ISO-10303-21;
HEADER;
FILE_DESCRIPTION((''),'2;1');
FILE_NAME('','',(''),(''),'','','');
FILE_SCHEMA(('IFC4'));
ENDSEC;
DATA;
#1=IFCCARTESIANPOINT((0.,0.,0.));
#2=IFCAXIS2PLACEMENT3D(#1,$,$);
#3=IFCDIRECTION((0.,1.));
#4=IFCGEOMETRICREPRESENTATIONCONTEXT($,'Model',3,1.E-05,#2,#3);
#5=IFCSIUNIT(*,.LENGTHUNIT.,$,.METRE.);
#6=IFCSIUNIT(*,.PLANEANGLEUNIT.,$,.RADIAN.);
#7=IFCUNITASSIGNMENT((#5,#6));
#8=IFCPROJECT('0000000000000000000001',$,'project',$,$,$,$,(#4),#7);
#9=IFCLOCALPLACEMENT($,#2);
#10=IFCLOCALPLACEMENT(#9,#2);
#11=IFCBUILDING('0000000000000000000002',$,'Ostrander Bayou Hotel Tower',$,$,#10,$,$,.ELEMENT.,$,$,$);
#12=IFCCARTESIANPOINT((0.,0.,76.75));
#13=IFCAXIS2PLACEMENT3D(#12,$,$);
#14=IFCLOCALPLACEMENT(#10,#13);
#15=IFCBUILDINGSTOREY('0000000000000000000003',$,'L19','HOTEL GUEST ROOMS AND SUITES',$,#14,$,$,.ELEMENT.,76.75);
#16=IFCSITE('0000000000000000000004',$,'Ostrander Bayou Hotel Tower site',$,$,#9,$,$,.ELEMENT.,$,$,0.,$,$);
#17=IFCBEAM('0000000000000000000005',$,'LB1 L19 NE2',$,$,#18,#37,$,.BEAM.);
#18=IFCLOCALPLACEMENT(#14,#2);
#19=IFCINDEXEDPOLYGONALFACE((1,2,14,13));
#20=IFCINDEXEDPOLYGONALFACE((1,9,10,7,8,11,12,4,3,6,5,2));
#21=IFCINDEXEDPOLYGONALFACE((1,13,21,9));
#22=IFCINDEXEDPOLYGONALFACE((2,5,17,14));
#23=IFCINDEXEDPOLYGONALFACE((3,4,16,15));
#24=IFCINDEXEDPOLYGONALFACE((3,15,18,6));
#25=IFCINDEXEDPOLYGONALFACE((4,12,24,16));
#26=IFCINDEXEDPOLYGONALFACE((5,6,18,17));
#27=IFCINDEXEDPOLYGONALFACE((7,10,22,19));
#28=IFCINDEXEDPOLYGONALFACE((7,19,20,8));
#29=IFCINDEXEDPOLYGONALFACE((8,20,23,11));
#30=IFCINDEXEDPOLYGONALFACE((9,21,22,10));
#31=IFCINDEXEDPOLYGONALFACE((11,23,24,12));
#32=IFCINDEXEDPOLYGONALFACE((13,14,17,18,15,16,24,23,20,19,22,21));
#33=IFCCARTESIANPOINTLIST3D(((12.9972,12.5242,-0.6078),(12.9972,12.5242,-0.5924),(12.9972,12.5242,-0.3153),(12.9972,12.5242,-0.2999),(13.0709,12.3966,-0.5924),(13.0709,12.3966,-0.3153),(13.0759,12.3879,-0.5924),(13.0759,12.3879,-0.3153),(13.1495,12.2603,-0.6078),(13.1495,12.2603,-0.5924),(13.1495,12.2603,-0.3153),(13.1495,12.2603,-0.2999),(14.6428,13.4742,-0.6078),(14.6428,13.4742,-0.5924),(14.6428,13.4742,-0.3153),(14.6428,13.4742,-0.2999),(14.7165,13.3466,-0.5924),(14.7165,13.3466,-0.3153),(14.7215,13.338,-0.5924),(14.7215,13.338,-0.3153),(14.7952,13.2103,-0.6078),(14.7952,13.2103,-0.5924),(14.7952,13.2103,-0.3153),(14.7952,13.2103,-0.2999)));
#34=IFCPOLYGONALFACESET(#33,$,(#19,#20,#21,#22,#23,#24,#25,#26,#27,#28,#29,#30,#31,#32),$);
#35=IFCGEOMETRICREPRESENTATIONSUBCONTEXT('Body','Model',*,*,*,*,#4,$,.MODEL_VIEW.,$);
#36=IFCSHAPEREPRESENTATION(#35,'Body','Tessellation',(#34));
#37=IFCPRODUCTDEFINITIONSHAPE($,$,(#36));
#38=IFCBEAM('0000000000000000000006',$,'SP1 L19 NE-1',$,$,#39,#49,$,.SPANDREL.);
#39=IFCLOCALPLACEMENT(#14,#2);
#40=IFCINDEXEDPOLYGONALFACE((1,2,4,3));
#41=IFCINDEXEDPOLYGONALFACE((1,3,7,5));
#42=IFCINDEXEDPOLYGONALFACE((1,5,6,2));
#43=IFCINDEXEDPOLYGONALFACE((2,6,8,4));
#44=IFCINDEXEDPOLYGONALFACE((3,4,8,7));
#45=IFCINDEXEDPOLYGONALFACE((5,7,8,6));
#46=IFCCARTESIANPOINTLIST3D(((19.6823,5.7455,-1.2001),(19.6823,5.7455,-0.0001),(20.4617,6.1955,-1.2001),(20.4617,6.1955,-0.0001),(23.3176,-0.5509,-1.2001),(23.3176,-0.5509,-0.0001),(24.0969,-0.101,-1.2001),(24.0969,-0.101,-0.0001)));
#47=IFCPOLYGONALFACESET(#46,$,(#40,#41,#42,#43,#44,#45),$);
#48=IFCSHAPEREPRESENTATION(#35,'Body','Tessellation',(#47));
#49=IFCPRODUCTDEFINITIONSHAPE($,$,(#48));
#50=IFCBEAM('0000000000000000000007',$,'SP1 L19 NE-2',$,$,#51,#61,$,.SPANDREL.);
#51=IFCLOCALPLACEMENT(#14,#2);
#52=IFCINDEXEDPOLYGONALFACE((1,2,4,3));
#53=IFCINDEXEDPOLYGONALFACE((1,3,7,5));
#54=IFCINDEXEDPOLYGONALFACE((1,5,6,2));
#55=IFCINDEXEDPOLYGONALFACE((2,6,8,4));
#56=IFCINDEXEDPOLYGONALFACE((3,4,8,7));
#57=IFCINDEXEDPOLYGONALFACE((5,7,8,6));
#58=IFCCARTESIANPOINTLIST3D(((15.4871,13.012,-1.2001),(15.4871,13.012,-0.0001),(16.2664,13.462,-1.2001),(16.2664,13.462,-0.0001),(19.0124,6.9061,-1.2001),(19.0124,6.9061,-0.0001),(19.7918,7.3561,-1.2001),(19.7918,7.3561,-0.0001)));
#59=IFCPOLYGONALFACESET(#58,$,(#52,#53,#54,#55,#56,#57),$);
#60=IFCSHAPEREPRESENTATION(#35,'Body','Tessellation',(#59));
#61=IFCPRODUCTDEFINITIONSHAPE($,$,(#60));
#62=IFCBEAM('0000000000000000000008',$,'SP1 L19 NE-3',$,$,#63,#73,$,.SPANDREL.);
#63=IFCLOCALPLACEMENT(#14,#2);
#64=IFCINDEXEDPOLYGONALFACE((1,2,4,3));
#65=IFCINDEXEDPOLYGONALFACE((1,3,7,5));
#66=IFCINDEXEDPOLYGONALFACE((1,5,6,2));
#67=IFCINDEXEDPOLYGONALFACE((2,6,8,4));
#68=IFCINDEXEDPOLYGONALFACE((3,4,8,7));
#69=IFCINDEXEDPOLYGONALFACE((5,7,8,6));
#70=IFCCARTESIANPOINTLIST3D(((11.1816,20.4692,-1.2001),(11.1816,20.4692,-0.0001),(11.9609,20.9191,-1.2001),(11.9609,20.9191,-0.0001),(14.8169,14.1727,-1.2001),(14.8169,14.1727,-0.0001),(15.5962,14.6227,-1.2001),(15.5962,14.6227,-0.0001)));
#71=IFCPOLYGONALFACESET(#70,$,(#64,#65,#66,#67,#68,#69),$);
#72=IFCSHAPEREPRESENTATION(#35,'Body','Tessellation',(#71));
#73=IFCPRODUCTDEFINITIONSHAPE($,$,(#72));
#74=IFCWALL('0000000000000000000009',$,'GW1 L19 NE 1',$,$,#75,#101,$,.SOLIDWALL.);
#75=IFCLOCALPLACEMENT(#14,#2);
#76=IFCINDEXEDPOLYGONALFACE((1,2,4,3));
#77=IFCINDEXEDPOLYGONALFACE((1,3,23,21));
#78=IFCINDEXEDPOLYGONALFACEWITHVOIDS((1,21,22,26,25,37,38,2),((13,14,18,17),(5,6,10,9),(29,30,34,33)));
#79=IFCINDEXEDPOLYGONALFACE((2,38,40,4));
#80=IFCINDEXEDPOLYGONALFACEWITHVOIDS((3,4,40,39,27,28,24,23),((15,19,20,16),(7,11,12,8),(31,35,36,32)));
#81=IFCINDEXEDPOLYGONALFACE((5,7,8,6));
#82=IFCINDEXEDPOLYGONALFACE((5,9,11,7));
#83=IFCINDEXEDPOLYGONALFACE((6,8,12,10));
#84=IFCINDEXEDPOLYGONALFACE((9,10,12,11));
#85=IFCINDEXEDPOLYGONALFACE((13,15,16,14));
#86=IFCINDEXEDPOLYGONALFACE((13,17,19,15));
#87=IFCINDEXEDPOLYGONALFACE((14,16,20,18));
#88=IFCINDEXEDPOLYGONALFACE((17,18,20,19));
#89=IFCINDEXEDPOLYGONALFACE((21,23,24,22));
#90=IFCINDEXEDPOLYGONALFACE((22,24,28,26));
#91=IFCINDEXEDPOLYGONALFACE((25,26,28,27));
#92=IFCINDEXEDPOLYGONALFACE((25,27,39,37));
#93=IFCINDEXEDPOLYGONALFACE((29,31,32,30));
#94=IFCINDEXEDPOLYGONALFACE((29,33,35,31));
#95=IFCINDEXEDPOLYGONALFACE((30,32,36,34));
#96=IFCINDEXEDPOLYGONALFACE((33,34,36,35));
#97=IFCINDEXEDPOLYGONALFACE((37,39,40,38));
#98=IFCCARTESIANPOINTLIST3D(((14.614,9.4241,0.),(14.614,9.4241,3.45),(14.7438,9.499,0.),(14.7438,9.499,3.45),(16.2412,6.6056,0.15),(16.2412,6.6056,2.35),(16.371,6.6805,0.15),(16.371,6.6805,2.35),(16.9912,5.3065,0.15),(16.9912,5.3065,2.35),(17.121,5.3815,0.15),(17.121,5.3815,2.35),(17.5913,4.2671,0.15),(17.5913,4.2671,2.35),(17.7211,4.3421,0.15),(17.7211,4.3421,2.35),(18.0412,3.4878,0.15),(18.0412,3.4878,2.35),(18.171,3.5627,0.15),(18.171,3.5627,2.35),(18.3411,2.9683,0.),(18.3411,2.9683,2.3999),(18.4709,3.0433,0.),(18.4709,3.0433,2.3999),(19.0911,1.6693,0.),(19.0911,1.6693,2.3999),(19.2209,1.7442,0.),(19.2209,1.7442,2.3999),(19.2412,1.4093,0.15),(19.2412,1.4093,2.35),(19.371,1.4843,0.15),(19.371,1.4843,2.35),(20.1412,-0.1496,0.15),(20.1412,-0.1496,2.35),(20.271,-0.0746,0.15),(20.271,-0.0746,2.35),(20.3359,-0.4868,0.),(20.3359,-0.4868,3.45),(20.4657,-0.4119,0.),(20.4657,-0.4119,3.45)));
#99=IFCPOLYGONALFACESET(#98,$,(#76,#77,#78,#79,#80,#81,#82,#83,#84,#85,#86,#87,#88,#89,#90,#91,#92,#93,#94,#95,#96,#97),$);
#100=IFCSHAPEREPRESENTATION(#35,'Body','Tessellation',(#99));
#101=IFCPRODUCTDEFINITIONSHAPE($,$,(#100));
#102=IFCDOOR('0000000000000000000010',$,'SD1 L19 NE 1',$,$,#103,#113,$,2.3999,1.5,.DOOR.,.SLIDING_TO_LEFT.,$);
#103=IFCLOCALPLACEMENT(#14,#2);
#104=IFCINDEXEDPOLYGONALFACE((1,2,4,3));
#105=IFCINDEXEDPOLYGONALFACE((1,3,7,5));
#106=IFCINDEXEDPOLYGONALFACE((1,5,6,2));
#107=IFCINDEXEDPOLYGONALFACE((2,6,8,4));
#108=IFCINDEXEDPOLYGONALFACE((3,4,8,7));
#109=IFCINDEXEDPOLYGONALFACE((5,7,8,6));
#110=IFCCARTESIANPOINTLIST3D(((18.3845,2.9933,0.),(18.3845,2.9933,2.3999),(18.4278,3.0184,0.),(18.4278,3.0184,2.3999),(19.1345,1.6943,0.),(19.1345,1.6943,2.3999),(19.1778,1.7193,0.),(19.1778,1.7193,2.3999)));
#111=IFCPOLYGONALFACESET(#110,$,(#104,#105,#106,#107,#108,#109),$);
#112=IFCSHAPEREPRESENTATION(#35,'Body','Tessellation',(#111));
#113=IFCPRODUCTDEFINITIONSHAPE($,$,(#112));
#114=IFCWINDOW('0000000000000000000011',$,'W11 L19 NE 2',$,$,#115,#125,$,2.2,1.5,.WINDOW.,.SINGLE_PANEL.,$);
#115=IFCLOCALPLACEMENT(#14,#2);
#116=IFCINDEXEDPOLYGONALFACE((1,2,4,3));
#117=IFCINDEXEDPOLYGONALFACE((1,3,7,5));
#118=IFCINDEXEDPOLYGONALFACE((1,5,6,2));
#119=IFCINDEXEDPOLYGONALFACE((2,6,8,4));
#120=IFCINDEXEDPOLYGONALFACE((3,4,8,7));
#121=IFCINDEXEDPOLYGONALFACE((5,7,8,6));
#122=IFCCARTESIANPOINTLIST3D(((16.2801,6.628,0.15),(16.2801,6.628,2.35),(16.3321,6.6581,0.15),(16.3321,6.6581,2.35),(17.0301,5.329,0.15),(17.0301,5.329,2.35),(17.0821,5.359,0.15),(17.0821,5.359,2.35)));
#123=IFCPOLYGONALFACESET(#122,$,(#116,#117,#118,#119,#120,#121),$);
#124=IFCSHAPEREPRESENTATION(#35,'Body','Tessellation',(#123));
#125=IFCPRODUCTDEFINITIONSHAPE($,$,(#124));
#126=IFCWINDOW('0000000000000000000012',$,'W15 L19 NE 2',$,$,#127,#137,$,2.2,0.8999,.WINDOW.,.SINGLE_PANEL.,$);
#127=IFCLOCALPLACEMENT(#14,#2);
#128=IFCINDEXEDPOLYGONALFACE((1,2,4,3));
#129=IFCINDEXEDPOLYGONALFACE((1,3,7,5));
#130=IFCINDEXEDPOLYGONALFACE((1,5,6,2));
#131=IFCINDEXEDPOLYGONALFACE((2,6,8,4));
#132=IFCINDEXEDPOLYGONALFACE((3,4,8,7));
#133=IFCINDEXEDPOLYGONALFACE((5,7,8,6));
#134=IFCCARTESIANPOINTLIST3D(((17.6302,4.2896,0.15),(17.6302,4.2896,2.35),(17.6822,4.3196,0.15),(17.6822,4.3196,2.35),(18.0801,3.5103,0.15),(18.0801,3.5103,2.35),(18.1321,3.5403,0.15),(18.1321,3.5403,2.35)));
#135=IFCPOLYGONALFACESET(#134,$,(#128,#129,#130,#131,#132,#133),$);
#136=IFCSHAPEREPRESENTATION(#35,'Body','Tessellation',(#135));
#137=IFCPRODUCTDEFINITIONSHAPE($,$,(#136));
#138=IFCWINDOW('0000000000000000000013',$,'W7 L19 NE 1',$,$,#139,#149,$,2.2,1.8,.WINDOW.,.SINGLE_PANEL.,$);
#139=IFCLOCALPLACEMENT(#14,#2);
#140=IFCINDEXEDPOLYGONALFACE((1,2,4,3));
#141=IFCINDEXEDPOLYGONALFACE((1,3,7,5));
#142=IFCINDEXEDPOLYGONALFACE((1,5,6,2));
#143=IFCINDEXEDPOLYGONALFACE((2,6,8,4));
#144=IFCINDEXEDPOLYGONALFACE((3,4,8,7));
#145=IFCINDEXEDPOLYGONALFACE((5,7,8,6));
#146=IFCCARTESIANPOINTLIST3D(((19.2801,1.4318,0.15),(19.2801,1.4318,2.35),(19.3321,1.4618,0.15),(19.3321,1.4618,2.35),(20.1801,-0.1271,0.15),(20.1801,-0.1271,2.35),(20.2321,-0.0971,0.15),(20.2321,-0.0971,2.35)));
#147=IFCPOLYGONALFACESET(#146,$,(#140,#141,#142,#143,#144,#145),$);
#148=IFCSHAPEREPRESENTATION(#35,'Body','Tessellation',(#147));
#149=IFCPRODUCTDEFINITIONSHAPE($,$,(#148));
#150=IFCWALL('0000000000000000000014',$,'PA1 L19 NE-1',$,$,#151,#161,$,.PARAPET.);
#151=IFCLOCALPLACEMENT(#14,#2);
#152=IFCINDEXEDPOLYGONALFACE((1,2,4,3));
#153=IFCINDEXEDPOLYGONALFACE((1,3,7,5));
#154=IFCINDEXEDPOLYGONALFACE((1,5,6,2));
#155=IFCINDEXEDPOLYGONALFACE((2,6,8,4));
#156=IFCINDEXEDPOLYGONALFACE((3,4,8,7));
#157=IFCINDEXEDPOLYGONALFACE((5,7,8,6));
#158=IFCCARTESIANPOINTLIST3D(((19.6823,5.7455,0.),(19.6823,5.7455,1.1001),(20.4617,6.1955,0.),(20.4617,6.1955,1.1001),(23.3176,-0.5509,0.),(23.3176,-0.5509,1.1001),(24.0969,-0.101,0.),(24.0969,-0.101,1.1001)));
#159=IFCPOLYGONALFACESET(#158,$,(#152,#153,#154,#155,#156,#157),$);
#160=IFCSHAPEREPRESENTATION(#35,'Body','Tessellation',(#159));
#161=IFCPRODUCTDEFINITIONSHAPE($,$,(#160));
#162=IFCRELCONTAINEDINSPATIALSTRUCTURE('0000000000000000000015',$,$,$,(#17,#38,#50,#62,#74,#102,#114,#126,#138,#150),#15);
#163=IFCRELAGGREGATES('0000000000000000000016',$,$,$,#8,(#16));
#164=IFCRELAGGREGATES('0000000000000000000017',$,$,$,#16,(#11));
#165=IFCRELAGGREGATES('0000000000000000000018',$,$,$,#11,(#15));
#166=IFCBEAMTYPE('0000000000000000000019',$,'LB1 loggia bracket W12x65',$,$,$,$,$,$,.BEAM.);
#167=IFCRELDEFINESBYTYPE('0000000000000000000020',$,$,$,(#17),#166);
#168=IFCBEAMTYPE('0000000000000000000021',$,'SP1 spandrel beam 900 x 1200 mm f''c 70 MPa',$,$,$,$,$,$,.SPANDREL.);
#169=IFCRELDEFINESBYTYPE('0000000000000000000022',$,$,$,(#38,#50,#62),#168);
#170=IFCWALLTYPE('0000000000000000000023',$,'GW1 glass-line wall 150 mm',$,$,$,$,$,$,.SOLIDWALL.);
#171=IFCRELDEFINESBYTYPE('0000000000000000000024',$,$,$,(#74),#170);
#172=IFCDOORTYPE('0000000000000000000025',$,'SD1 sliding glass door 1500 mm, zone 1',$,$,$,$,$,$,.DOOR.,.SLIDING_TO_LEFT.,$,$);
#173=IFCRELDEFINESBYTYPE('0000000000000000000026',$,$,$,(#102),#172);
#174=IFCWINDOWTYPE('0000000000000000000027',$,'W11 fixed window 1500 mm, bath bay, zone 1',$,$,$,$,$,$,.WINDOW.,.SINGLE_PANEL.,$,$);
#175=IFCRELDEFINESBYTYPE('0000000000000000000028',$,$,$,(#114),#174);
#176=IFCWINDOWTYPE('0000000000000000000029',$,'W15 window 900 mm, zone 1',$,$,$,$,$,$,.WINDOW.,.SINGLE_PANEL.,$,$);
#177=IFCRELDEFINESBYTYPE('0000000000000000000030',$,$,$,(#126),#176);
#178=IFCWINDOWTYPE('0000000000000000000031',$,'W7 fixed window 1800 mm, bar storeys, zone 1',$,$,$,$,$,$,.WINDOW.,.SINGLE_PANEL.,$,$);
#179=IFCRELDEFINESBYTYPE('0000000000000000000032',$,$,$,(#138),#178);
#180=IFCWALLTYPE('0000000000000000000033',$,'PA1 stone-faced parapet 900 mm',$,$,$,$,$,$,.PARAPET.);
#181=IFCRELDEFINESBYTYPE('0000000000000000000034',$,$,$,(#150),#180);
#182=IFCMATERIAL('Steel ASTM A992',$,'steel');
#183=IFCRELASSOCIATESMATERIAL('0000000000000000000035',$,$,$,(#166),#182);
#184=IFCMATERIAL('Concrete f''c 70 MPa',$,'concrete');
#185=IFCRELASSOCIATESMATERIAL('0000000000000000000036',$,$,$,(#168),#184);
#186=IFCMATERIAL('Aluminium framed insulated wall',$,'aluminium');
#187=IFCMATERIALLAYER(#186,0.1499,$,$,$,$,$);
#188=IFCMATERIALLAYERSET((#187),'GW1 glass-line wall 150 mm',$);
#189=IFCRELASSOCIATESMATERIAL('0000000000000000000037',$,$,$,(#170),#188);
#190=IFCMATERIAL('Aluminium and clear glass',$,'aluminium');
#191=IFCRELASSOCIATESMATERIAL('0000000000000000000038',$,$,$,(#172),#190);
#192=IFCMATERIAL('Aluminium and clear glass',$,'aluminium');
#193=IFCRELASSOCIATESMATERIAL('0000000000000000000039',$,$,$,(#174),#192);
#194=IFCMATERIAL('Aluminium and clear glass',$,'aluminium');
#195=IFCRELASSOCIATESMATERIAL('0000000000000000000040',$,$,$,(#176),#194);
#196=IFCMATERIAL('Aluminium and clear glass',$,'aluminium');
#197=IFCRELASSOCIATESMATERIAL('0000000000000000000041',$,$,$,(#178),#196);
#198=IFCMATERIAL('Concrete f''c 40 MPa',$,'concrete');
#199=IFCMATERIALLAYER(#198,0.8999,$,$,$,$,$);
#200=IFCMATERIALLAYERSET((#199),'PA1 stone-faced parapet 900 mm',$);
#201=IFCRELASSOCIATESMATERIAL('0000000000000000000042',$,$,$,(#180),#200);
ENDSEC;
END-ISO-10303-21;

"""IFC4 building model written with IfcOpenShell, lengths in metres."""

from ifc_helpers import new_model, si_unit, direction, frame, frame_2d, origin, origin_2d, place, context, subcontext, project, spatial, rectangle, i_section, extrude, material, layer, layer_set, material_profile, profile_set, type_object, element, fill, save


model = new_model("IFC4")

# Units and contexts
model_context = context("Model", 3, precision=1e-05, world=origin(), true_north=direction((0.0, 1.0)))
body_context = subcontext(model_context, "Body", "Model", "MODEL_VIEW")
ifc_project = project(units=[si_unit("LENGTHUNIT", "METRE"), si_unit("PLANEANGLEUNIT", "RADIAN")], contexts=[model_context])

# Site, building, storey
site_placement = place(None, origin())
site = spatial("IfcSite", under=ifc_project, at=site_placement, Name="Ostrander Bayou Hotel Tower site", CompositionType="ELEMENT", RefElevation=0.0)
building_placement = place(site_placement, origin())
building = spatial("IfcBuilding", under=site, at=building_placement, Name="Ostrander Bayou Hotel Tower", CompositionType="ELEMENT")
storey_placement = place(building_placement, frame((0.0, 0.0, 76.75)))
storey = spatial("IfcBuildingStorey", under=building, at=storey_placement, Name="L19", Description="HOTEL GUEST ROOMS AND SUITES", CompositionType="ELEMENT", Elevation=76.75)

# Beams
ifc_material_1 = material(Name="Steel ASTM A992", Category="steel")
ifc_material_profile_1 = material_profile(ifc_material_1, i_section(OverallWidth=0.3047, OverallDepth=0.3079, WebThickness=0.01, FlangeThickness=0.0154, at=origin_2d()))
ifc_profile_set_1 = profile_set([ifc_material_profile_1], Name="Steel ASTM A992")
beam_type_1 = type_object("IfcBeamType", Name="LB1 loggia bracket W12x65", PredefinedType="BEAM", material=ifc_profile_set_1)
for number, where, z_axis, x_axis, name in (
    (1, (14.719, 13.3423, -0.4539), (-0.866044, -0.499967, 0.0), (0.499967, -0.866044, 0.0), "LB1 L19 NE2"),
):
    element("IfcBeam", number, at=place(storey_placement, frame(where, z_axis=z_axis, x_axis=x_axis)), inside=storey, type_object=beam_type_1, Name=name, PredefinedType="BEAM", context=body_context, shape_type="SweptSolid", body=[
        extrude(i_section(OverallWidth=0.3047, OverallDepth=0.3079, WebThickness=0.01, FlangeThickness=0.0154, at=origin_2d()), origin(), (0.0, 0.0, 1.0), 1.9001),
    ])
ifc_material_2 = material(Name="Concrete f'c 70 MPa", Category="concrete")
ifc_material_profile_2 = material_profile(ifc_material_2, rectangle(XDim=0.8999, YDim=1.2, at=origin_2d()))
ifc_profile_set_2 = profile_set([ifc_material_profile_2], Name="Concrete f'c 70 MPa")
beam_type_2 = type_object("IfcBeamType", Name="SP1 spandrel beam 900 x 1200 mm f'c 70 MPa", PredefinedType="SPANDREL", material=ifc_profile_set_2)
beam_1_placement = place(storey_placement, frame((23.7073, -0.3259, -0.6001), z_axis=(-0.500003, 0.866023, 0.0), x_axis=(-0.866023, -0.500003, 0.0)))
element("IfcBeam", 2, at=beam_1_placement, inside=storey, type_object=beam_type_2, Name="SP1 L19 NE-1", PredefinedType="SPANDREL", context=body_context, shape_type="SweptSolid", body=[
    extrude(rectangle(XDim=0.8999, YDim=1.2, at=origin_2d()), origin(), (0.0, 0.0, 1.0), 7.2705),
])
beam_2_placement = place(storey_placement, frame((19.4021, 7.1311, -0.6001), z_axis=(-0.500012, 0.866018, 0.0), x_axis=(-0.866018, -0.500012, 0.0)))
element("IfcBeam", 3, at=beam_2_placement, inside=storey, type_object=beam_type_2, Name="SP1 L19 NE-2", PredefinedType="SPANDREL", context=body_context, shape_type="SweptSolid", body=[
    extrude(rectangle(XDim=0.8999, YDim=1.2, at=origin_2d()), origin(), (0.0, 0.0, 1.0), 7.0505),
])
beam_3_placement = place(storey_placement, frame((15.2065, 14.3977, -0.6001), z_axis=(-0.500003, 0.866023, 0.0), x_axis=(-0.866023, -0.500003, 0.0)))
element("IfcBeam", 4, at=beam_3_placement, inside=storey, type_object=beam_type_2, Name="SP1 L19 NE-3", PredefinedType="SPANDREL", context=body_context, shape_type="SweptSolid", body=[
    extrude(rectangle(XDim=0.8999, YDim=1.2, at=origin_2d()), origin(), (0.0, 0.0, 1.0), 7.2705),
])

# Wall, openings, door, windows
ifc_material_3 = material(Name="Aluminium framed insulated wall", Category="aluminium")
ifc_layer_1 = layer(ifc_material_3, 0.1499)
ifc_layer_set_1 = layer_set([ifc_layer_1], Name="GW1 glass-line wall 150 mm")
wall_type_1 = type_object("IfcWallType", Name="GW1 glass-line wall 150 mm", PredefinedType="SOLIDWALL", material=ifc_layer_set_1)
wall_1_placement = place(storey_placement, frame((20.4009, -0.4495, 0.0), z_axis=(0.0, 0.0, 1.0), x_axis=(-0.499991, 0.86603, 0.0)))
wall_1 = element("IfcWall", 5, at=wall_1_placement, inside=storey, type_object=wall_type_1, Name="GW1 L19 NE 1", PredefinedType="SOLIDWALL", context=body_context, shape_type="SweptSolid", body=[
    extrude(rectangle(XDim=11.4441, YDim=0.1499, at=frame_2d((5.7222, 0.0))), origin(), (0.0, 0.0, 1.0), 3.45),
])
opening_1_placement = place(wall_1_placement, frame((0.3896, 0.0, 0.1499)))
opening_1 = element("IfcOpeningElement", 6, at=opening_1_placement, cuts=wall_1, PredefinedType="OPENING", context=body_context, shape_type="SweptSolid", body=[
    extrude(rectangle(XDim=1.8, YDim=2.2, at=frame_2d((0.8999, 1.1001))), frame((0.0, 0.075, 0.0), z_axis=(0.0, -1.0, 0.0), x_axis=(1.0, 0.0, 0.0)), (0.0, 0.0, 1.0), 0.1499),
])
opening_2_placement = place(wall_1_placement, frame((2.4897, 0.0, 0.0)))
opening_2 = element("IfcOpeningElement", 7, at=opening_2_placement, cuts=wall_1, PredefinedType="OPENING", context=body_context, shape_type="SweptSolid", body=[
    extrude(rectangle(XDim=1.5, YDim=2.3999, at=frame_2d((0.75, 1.2))), frame((0.0, 0.075, 0.0), z_axis=(0.0, -1.0, 0.0), x_axis=(1.0, 0.0, 0.0)), (0.0, 0.0, 1.0), 0.1499),
])
opening_3_placement = place(wall_1_placement, frame((4.5896, 0.0, 0.1499)))
opening_3 = element("IfcOpeningElement", 8, at=opening_3_placement, cuts=wall_1, PredefinedType="OPENING", context=body_context, shape_type="SweptSolid", body=[
    extrude(rectangle(XDim=0.8999, YDim=2.2, at=frame_2d((0.45, 1.1001))), frame((0.0, 0.075, 0.0), z_axis=(0.0, -1.0, 0.0), x_axis=(1.0, 0.0, 0.0)), (0.0, 0.0, 1.0), 0.1499),
])
opening_4_placement = place(wall_1_placement, frame((6.6897, 0.0, 0.1499)))
opening_4 = element("IfcOpeningElement", 9, at=opening_4_placement, cuts=wall_1, PredefinedType="OPENING", context=body_context, shape_type="SweptSolid", body=[
    extrude(rectangle(XDim=1.5, YDim=2.2, at=frame_2d((0.75, 1.1001))), frame((0.0, 0.075, 0.0), z_axis=(0.0, -1.0, 0.0), x_axis=(1.0, 0.0, 0.0)), (0.0, 0.0, 1.0), 0.1499),
])
ifc_material_4 = material(Name="Aluminium and clear glass", Category="aluminium")
door_type_1 = type_object("IfcDoorType", Name="SD1 sliding glass door 1500 mm, zone 1", OperationType="SLIDING_TO_LEFT", PredefinedType="DOOR", material=ifc_material_4)
door_1_placement = place(opening_2_placement, origin())
door_1 = element("IfcDoor", 10, at=door_1_placement, inside=storey, type_object=door_type_1, Name="SD1 L19 NE 1", OperationType="SLIDING_TO_LEFT", OverallHeight=2.3999, OverallWidth=1.5, PredefinedType="DOOR", context=body_context, shape_type="SweptSolid", body=[
    extrude(rectangle(XDim=1.5, YDim=2.3999, at=frame_2d((0.75, 1.2))), frame((0.0, 0.0249, 0.0), z_axis=(0.0, -1.0, 0.0), x_axis=(1.0, 0.0, 0.0)), (0.0, 0.0, 1.0), 0.05),
])
fill(opening_2, door_1)
ifc_material_5 = material(Name="Aluminium and clear glass", Category="aluminium")
window_type_1 = type_object("IfcWindowType", Name="W11 fixed window 1500 mm, bath bay, zone 1", PartitioningType="SINGLE_PANEL", PredefinedType="WINDOW", material=ifc_material_5)
window_1_placement = place(opening_4_placement, origin())
window_1 = element("IfcWindow", 11, at=window_1_placement, inside=storey, type_object=window_type_1, Name="W11 L19 NE 2", OverallHeight=2.2, OverallWidth=1.5, PartitioningType="SINGLE_PANEL", PredefinedType="WINDOW", context=body_context, shape_type="SweptSolid", body=[
    extrude(rectangle(XDim=1.5, YDim=2.2, at=frame_2d((0.75, 1.1001))), frame((0.0, 0.03, 0.0), z_axis=(0.0, -1.0, 0.0), x_axis=(1.0, 0.0, 0.0)), (0.0, 0.0, 1.0), 0.0601),
])
fill(opening_4, window_1)
ifc_material_6 = material(Name="Aluminium and clear glass", Category="aluminium")
window_type_2 = type_object("IfcWindowType", Name="W15 window 900 mm, zone 1", PartitioningType="SINGLE_PANEL", PredefinedType="WINDOW", material=ifc_material_6)
window_2_placement = place(opening_3_placement, origin())
window_2 = element("IfcWindow", 12, at=window_2_placement, inside=storey, type_object=window_type_2, Name="W15 L19 NE 2", OverallHeight=2.2, OverallWidth=0.8999, PartitioningType="SINGLE_PANEL", PredefinedType="WINDOW", context=body_context, shape_type="SweptSolid", body=[
    extrude(rectangle(XDim=0.8999, YDim=2.2, at=frame_2d((0.45, 1.1001))), frame((0.0, 0.03, 0.0), z_axis=(0.0, -1.0, 0.0), x_axis=(1.0, 0.0, 0.0)), (0.0, 0.0, 1.0), 0.0601),
])
fill(opening_3, window_2)
ifc_material_7 = material(Name="Aluminium and clear glass", Category="aluminium")
window_type_3 = type_object("IfcWindowType", Name="W7 fixed window 1800 mm, bar storeys, zone 1", PartitioningType="SINGLE_PANEL", PredefinedType="WINDOW", material=ifc_material_7)
window_3_placement = place(opening_1_placement, origin())
window_3 = element("IfcWindow", 13, at=window_3_placement, inside=storey, type_object=window_type_3, Name="W7 L19 NE 1", OverallHeight=2.2, OverallWidth=1.8, PartitioningType="SINGLE_PANEL", PredefinedType="WINDOW", context=body_context, shape_type="SweptSolid", body=[
    extrude(rectangle(XDim=1.8, YDim=2.2, at=frame_2d((0.8999, 1.1001))), frame((0.0, 0.03, 0.0), z_axis=(0.0, -1.0, 0.0), x_axis=(1.0, 0.0, 0.0)), (0.0, 0.0, 1.0), 0.0601),
])
fill(opening_1, window_3)

# Wall
ifc_material_8 = material(Name="Concrete f'c 40 MPa", Category="concrete")
ifc_layer_2 = layer(ifc_material_8, 0.8999)
ifc_layer_set_2 = layer_set([ifc_layer_2], Name="PA1 stone-faced parapet 900 mm")
wall_type_2 = type_object("IfcWallType", Name="PA1 stone-faced parapet 900 mm", PredefinedType="PARAPET", material=ifc_layer_set_2)
wall_2_placement = place(storey_placement, frame((23.7073, -0.3259, 0.0), z_axis=(0.0, 0.0, 1.0), x_axis=(-0.500003, 0.866023, 0.0)))
element("IfcWall", 14, at=wall_2_placement, inside=storey, type_object=wall_type_2, Name="PA1 L19 NE-1", PredefinedType="PARAPET", context=body_context, shape_type="SweptSolid", body=[
    extrude(rectangle(XDim=7.2705, YDim=0.8999, at=frame_2d((3.6353, 0.0))), origin(), (0.0, 0.0, 1.0), 1.1001),
])

save(model, "model.ifc")
